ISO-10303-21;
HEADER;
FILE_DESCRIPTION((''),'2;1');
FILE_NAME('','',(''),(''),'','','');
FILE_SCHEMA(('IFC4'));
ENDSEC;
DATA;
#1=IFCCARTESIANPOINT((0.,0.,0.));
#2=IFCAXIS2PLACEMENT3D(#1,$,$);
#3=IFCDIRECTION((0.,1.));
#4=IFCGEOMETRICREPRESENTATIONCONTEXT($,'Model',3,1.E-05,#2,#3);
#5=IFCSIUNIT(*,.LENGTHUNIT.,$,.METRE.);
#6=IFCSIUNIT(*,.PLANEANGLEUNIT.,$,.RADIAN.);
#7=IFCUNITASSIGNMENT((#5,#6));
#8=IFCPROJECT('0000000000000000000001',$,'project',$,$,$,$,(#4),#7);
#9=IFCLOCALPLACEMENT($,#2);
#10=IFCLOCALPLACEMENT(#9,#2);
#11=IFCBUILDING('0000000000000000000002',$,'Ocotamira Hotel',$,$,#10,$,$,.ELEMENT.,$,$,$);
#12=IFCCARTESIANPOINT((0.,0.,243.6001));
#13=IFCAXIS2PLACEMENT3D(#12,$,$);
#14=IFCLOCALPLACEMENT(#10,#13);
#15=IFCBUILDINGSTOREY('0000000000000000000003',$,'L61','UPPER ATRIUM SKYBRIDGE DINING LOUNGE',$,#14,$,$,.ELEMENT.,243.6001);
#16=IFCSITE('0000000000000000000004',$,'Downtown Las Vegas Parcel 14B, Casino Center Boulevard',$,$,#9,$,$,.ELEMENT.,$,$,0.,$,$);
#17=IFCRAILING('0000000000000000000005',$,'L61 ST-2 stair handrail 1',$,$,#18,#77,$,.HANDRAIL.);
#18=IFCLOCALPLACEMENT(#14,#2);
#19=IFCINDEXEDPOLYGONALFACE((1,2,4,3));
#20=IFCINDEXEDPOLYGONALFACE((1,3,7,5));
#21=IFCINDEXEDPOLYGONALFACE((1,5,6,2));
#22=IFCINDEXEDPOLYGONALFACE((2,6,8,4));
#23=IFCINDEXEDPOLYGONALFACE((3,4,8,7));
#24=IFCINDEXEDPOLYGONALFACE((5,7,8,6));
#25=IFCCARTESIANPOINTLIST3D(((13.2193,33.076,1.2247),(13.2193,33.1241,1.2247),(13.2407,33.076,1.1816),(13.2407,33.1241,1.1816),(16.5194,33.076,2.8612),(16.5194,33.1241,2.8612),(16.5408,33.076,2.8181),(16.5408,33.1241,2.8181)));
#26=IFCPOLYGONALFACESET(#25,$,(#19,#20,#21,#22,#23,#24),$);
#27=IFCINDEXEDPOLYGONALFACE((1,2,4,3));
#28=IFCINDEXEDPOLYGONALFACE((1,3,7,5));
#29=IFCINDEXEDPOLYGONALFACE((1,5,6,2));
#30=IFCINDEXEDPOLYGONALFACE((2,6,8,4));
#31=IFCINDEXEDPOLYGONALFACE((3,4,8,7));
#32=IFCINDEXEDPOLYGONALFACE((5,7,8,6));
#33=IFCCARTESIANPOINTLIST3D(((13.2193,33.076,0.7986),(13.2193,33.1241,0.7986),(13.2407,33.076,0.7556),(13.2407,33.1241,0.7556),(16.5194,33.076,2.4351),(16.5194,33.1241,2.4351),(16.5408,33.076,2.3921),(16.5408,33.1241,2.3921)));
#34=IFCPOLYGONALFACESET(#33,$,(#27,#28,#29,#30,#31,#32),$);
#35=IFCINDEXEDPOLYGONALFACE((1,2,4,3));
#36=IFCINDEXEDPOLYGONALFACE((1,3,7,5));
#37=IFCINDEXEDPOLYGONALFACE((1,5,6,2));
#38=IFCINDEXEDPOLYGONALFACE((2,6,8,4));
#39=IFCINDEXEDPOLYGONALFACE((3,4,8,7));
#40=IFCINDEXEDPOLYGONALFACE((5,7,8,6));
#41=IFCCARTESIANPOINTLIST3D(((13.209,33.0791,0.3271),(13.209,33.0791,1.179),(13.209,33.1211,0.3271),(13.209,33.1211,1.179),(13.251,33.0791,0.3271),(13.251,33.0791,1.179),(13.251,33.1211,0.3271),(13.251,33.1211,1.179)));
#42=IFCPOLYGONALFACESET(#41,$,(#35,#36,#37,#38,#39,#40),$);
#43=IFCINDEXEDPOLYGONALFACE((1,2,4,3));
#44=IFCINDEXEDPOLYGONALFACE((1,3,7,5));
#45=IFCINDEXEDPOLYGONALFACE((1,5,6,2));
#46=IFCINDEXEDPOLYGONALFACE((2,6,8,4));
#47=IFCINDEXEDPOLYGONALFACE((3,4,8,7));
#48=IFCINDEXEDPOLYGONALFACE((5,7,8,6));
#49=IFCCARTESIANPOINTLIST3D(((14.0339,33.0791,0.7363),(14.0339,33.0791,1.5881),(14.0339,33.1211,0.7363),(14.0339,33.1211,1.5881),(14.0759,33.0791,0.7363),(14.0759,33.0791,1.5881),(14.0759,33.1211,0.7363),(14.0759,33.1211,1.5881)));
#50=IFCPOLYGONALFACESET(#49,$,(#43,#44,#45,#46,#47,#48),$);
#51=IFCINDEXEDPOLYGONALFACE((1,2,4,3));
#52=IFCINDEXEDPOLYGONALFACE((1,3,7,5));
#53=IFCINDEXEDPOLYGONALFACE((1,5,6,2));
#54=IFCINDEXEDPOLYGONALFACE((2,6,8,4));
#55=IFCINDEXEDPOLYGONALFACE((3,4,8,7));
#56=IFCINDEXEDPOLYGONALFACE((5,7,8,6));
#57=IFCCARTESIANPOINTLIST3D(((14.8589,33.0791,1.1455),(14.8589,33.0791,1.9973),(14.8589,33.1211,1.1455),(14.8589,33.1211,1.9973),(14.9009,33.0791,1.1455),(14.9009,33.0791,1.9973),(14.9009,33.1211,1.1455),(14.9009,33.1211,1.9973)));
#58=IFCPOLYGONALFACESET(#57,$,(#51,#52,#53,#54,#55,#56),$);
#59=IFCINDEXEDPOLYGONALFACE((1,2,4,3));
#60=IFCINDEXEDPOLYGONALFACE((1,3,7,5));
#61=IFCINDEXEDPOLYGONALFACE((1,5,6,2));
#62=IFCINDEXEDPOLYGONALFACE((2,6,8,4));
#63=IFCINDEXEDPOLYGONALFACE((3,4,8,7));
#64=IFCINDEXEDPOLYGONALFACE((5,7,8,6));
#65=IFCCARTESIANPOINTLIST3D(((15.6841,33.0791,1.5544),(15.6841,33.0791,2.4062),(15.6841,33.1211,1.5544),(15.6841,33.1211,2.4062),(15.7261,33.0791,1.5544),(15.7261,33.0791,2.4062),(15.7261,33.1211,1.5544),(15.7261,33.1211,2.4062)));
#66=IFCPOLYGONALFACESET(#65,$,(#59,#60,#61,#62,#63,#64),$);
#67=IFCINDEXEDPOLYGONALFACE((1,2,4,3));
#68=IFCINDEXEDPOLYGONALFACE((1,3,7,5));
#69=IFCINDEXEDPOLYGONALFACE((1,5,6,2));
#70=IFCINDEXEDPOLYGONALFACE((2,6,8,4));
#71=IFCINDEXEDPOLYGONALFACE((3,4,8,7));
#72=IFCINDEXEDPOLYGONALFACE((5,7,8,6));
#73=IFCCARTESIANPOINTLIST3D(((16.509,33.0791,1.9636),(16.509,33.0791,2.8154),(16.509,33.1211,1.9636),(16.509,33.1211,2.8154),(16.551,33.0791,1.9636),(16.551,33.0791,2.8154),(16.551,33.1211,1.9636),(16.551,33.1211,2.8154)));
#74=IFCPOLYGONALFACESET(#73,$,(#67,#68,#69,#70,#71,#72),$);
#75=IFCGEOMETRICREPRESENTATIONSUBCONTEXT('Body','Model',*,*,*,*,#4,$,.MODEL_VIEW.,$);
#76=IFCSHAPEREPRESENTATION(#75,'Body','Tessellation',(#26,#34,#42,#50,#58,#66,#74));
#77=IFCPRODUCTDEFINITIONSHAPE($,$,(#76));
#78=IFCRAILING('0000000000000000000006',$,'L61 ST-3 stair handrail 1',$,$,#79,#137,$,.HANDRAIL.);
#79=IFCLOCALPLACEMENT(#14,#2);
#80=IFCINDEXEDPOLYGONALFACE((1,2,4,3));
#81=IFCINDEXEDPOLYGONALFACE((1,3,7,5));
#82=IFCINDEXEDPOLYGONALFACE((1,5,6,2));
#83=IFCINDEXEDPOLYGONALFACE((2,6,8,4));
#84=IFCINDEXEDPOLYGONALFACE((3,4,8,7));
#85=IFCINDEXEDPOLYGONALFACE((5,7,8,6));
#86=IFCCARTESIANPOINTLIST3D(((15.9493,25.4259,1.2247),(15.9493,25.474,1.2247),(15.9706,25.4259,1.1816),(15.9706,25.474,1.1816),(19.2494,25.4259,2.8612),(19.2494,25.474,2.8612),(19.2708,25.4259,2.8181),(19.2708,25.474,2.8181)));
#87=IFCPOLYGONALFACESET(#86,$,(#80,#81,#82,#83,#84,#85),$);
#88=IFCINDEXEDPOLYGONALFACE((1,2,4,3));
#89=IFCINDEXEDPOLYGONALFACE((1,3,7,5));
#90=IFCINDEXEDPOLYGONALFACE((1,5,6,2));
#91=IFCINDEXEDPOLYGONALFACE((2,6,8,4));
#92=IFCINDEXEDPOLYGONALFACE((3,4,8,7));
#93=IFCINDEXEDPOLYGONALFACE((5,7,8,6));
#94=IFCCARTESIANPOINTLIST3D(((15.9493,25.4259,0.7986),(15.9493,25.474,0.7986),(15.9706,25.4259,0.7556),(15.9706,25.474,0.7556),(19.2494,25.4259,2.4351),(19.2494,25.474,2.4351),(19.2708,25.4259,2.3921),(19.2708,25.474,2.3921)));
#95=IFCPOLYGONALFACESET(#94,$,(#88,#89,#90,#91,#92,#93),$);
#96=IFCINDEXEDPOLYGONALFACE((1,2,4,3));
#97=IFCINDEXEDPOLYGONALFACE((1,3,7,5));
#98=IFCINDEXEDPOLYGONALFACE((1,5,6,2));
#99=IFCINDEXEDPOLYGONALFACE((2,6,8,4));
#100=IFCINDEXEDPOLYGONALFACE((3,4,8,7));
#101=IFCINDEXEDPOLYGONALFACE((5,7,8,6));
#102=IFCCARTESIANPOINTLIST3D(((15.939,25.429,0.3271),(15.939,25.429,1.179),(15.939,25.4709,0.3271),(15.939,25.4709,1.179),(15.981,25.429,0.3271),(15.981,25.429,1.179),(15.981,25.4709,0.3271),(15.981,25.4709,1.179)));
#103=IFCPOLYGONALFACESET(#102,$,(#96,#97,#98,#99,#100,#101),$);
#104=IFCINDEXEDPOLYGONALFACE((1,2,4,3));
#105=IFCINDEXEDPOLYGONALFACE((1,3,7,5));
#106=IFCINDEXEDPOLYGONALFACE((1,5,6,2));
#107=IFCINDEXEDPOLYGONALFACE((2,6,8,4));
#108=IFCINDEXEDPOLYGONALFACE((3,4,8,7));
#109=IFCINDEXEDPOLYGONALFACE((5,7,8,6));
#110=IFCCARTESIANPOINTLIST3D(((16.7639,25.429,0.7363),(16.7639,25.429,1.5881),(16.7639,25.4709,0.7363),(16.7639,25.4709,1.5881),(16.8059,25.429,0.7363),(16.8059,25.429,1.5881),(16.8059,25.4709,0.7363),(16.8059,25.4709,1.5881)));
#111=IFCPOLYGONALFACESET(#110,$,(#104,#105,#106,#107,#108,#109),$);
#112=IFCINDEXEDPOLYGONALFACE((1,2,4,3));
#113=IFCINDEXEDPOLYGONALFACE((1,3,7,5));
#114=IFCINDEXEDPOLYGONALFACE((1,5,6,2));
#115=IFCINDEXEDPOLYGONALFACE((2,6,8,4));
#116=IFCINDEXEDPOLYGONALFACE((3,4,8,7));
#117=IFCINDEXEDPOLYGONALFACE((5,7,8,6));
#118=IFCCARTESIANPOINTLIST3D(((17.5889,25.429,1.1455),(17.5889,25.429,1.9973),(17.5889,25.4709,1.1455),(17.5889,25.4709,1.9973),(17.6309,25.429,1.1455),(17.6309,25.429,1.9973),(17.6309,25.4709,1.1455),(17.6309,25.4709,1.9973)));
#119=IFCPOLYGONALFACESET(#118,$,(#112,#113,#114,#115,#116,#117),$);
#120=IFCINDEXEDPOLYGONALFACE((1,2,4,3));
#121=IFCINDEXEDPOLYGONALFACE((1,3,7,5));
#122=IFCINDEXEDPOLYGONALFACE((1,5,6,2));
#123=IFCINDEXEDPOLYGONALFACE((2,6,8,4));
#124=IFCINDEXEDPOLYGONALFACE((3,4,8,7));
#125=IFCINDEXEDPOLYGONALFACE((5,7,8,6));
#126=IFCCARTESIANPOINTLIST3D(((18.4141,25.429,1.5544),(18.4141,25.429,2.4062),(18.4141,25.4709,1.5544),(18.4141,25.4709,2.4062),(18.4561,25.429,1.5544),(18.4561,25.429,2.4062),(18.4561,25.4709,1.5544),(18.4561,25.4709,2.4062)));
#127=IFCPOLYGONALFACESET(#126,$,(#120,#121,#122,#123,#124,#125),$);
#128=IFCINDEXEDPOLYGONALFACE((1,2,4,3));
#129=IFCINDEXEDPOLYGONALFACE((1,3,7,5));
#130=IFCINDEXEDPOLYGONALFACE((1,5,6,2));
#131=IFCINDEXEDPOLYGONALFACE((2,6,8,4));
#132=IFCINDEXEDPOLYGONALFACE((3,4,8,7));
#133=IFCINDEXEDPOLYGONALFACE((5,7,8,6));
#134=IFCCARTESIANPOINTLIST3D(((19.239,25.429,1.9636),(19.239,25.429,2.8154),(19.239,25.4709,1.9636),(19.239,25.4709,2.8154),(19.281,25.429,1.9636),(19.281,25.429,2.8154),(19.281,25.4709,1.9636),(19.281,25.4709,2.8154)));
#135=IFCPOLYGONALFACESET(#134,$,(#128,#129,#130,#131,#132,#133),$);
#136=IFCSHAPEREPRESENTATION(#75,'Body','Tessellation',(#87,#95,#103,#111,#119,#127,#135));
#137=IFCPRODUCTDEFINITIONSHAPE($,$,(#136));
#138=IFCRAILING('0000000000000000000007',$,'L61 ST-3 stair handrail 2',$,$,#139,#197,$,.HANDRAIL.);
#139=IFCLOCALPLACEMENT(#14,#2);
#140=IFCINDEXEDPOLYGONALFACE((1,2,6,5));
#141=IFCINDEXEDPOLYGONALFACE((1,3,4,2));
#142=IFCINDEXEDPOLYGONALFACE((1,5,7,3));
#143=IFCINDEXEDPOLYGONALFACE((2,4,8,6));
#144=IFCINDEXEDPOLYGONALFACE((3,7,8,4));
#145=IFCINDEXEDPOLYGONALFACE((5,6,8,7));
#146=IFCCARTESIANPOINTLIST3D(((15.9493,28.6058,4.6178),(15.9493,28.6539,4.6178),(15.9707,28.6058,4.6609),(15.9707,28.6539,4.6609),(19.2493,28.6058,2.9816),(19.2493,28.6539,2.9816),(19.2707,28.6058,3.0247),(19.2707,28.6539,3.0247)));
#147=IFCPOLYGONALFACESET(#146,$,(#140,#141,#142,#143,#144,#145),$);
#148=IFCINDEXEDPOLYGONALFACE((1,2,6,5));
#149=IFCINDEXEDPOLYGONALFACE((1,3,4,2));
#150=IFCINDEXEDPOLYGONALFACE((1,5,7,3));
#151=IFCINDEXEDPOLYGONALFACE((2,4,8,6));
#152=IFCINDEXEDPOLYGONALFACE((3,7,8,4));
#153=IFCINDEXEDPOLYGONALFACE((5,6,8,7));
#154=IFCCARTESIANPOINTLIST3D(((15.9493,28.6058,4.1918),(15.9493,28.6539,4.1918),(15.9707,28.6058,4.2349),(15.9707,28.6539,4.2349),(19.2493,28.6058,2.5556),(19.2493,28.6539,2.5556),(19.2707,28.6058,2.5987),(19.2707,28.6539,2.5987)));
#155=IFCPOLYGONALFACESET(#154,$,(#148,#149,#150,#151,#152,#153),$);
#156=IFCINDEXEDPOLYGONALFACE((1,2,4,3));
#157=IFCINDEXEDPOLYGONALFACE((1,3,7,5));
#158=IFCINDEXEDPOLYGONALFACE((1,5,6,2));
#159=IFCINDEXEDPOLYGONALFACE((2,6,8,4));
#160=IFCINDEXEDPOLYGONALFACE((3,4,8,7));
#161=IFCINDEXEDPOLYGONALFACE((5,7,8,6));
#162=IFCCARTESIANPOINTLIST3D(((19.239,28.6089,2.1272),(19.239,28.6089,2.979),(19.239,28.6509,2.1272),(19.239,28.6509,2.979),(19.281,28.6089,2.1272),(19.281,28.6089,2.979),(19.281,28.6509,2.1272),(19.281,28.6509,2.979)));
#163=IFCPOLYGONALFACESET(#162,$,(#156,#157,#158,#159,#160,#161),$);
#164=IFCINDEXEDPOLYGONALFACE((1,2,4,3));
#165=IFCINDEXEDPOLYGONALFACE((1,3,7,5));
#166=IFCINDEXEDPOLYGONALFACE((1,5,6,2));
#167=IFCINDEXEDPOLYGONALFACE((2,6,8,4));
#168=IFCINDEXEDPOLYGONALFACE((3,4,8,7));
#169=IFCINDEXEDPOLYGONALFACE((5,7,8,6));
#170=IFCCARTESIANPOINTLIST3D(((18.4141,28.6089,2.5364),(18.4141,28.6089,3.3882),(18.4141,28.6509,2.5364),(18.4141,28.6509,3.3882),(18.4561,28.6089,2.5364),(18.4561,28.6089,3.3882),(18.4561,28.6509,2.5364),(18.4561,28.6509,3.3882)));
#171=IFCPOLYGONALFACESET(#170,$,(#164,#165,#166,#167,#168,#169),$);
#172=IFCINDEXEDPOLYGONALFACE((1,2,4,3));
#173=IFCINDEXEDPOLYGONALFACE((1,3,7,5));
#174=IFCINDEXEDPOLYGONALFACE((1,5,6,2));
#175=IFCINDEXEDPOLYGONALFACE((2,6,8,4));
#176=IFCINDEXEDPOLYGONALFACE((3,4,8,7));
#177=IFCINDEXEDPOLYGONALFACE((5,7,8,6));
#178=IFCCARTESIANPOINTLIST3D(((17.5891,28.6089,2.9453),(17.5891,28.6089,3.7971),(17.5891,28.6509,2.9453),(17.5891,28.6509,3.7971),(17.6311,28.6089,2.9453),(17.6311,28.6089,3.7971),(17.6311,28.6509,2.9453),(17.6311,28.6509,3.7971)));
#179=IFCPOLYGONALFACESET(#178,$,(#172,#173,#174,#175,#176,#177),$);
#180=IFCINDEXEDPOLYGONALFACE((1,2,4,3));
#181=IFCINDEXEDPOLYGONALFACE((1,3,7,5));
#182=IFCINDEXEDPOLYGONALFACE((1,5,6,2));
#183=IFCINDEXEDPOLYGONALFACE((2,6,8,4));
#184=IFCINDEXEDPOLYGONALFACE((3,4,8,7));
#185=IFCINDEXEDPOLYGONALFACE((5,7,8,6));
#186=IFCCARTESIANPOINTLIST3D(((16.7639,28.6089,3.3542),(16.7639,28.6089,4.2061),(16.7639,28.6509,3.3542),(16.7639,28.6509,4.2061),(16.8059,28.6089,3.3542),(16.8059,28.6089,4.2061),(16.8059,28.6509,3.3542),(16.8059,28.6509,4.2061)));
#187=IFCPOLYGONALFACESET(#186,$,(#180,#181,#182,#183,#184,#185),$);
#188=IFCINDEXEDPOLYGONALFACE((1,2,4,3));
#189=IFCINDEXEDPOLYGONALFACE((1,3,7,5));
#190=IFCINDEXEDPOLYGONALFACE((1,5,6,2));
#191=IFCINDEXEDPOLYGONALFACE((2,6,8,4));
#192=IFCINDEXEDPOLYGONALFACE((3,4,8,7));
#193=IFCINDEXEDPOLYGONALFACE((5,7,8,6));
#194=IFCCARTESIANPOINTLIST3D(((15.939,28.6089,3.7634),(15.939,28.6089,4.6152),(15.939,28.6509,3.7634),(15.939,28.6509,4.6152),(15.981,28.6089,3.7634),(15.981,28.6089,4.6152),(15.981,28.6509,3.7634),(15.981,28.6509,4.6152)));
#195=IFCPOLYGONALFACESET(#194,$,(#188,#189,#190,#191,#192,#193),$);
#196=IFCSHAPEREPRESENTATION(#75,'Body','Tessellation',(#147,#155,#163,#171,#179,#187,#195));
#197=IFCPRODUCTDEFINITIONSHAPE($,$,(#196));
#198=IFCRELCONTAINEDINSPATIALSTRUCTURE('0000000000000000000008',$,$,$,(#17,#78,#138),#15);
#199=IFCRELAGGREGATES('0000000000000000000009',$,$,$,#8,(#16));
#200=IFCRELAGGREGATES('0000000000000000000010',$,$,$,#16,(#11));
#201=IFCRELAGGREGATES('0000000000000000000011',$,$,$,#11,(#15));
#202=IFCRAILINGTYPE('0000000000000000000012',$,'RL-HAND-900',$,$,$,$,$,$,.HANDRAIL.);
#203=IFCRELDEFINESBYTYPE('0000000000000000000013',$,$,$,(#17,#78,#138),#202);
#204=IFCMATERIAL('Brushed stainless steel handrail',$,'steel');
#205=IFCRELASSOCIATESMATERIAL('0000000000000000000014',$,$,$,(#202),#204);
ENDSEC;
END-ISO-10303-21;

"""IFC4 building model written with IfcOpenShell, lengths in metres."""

from ifc_helpers import new_model, si_unit, direction, frame, origin, origin_2d, place, context, subcontext, project, spatial, rectangle, extrude, material, type_object, element, save


model = new_model("IFC4")

# Units and contexts
model_context = context("Model", 3, precision=1e-05, world=origin(), true_north=direction((0.0, 1.0)))
body_context = subcontext(model_context, "Body", "Model", "MODEL_VIEW")
ifc_project = project(units=[si_unit("LENGTHUNIT", "METRE"), si_unit("PLANEANGLEUNIT", "RADIAN")], contexts=[model_context])

# Site, building, storey
site_placement = place(None, origin())
site = spatial("IfcSite", under=ifc_project, at=site_placement, Name="Downtown Las Vegas Parcel 14B, Casino Center Boulevard", CompositionType="ELEMENT", RefElevation=0.0)
building_placement = place(site_placement, origin())
building = spatial("IfcBuilding", under=site, at=building_placement, Name="Ocotamira Hotel", CompositionType="ELEMENT")
storey_placement = place(building_placement, frame((0.0, 0.0, 243.6001)))
storey = spatial("IfcBuildingStorey", under=building, at=storey_placement, Name="L61", Description="UPPER ATRIUM SKYBRIDGE DINING LOUNGE", CompositionType="ELEMENT", Elevation=243.6001)

# Railings
ifc_material_1 = material(Name="Brushed stainless steel handrail", Category="steel")
railing_type_1 = type_object("IfcRailingType", Name="RL-HAND-900", PredefinedType="HANDRAIL", material=ifc_material_1)
for number, where, name in (
    (1, (13.23, 33.1001, 0.3271), "L61 ST-2 stair handrail 1"),
    (2, (15.96, 25.45, 0.3271), "L61 ST-3 stair handrail 1"),
):
    element("IfcRailing", number, at=place(storey_placement, frame(where)), inside=storey, type_object=railing_type_1, Name=name, PredefinedType="HANDRAIL", context=body_context, shape_type="SweptSolid", body=[
        extrude(rectangle(XDim=0.0481, YDim=0.0481, at=origin_2d()), frame((0.0, 0.0, 0.876), z_axis=(0.895894, 0.0, 0.444268), x_axis=(0.0, 1.0, 0.0)), (0.0, 0.0, 1.0), 3.6836),
        extrude(rectangle(XDim=0.0481, YDim=0.0481, at=origin_2d()), frame((0.0, 0.0, 0.45), z_axis=(0.895894, 0.0, 0.444268), x_axis=(0.0, 1.0, 0.0)), (0.0, 0.0, 1.0), 3.6836),
        extrude(rectangle(XDim=0.042, YDim=0.042, at=origin_2d()), origin(), (0.0, 0.0, 1.0), 0.8518),
        extrude(rectangle(XDim=0.042, YDim=0.042, at=origin_2d()), frame((0.825, 0.0, 0.4092)), (0.0, 0.0, 1.0), 0.8518),
        extrude(rectangle(XDim=0.042, YDim=0.042, at=origin_2d()), frame((1.6499, 0.0, 0.8184)), (0.0, 0.0, 1.0), 0.8518),
        extrude(rectangle(XDim=0.042, YDim=0.042, at=origin_2d()), frame((2.4751, 0.0, 1.2273)), (0.0, 0.0, 1.0), 0.8518),
        extrude(rectangle(XDim=0.042, YDim=0.042, at=origin_2d()), frame((3.3, 0.0, 1.6365)), (0.0, 0.0, 1.0), 0.8518),
    ])
railing_1_placement = place(storey_placement, frame((19.26, 28.6299, 2.1272)))
element("IfcRailing", 3, at=railing_1_placement, inside=storey, type_object=railing_type_1, Name="L61 ST-3 stair handrail 2", PredefinedType="HANDRAIL", context=body_context, shape_type="SweptSolid", body=[
    extrude(rectangle(XDim=0.0481, YDim=0.0481, at=origin_2d()), frame((0.0, 0.0, 0.876), z_axis=(-0.89592, 0.0, 0.444215), x_axis=(0.0, -1.0, 0.0)), (0.0, 0.0, 1.0), 3.6833),
    extrude(rectangle(XDim=0.0481, YDim=0.0481, at=origin_2d()), frame((0.0, 0.0, 0.45), z_axis=(-0.89592, 0.0, 0.444215), x_axis=(0.0, -1.0, 0.0)), (0.0, 0.0, 1.0), 3.6833),
    extrude(rectangle(XDim=0.042, YDim=0.042, at=origin_2d()), origin(), (0.0, 0.0, 1.0), 0.8518),
    extrude(rectangle(XDim=0.042, YDim=0.042, at=origin_2d()), frame((-0.825, 0.0, 0.4092)), (0.0, 0.0, 1.0), 0.8518),
    extrude(rectangle(XDim=0.042, YDim=0.042, at=origin_2d()), frame((-1.6499, 0.0, 0.8181)), (0.0, 0.0, 1.0), 0.8518),
    extrude(rectangle(XDim=0.042, YDim=0.042, at=origin_2d()), frame((-2.4751, 0.0, 1.2271)), (0.0, 0.0, 1.0), 0.8518),
    extrude(rectangle(XDim=0.042, YDim=0.042, at=origin_2d()), frame((-3.3, 0.0, 1.6362)), (0.0, 0.0, 1.0), 0.8518),
])

save(model, "model.ifc")
